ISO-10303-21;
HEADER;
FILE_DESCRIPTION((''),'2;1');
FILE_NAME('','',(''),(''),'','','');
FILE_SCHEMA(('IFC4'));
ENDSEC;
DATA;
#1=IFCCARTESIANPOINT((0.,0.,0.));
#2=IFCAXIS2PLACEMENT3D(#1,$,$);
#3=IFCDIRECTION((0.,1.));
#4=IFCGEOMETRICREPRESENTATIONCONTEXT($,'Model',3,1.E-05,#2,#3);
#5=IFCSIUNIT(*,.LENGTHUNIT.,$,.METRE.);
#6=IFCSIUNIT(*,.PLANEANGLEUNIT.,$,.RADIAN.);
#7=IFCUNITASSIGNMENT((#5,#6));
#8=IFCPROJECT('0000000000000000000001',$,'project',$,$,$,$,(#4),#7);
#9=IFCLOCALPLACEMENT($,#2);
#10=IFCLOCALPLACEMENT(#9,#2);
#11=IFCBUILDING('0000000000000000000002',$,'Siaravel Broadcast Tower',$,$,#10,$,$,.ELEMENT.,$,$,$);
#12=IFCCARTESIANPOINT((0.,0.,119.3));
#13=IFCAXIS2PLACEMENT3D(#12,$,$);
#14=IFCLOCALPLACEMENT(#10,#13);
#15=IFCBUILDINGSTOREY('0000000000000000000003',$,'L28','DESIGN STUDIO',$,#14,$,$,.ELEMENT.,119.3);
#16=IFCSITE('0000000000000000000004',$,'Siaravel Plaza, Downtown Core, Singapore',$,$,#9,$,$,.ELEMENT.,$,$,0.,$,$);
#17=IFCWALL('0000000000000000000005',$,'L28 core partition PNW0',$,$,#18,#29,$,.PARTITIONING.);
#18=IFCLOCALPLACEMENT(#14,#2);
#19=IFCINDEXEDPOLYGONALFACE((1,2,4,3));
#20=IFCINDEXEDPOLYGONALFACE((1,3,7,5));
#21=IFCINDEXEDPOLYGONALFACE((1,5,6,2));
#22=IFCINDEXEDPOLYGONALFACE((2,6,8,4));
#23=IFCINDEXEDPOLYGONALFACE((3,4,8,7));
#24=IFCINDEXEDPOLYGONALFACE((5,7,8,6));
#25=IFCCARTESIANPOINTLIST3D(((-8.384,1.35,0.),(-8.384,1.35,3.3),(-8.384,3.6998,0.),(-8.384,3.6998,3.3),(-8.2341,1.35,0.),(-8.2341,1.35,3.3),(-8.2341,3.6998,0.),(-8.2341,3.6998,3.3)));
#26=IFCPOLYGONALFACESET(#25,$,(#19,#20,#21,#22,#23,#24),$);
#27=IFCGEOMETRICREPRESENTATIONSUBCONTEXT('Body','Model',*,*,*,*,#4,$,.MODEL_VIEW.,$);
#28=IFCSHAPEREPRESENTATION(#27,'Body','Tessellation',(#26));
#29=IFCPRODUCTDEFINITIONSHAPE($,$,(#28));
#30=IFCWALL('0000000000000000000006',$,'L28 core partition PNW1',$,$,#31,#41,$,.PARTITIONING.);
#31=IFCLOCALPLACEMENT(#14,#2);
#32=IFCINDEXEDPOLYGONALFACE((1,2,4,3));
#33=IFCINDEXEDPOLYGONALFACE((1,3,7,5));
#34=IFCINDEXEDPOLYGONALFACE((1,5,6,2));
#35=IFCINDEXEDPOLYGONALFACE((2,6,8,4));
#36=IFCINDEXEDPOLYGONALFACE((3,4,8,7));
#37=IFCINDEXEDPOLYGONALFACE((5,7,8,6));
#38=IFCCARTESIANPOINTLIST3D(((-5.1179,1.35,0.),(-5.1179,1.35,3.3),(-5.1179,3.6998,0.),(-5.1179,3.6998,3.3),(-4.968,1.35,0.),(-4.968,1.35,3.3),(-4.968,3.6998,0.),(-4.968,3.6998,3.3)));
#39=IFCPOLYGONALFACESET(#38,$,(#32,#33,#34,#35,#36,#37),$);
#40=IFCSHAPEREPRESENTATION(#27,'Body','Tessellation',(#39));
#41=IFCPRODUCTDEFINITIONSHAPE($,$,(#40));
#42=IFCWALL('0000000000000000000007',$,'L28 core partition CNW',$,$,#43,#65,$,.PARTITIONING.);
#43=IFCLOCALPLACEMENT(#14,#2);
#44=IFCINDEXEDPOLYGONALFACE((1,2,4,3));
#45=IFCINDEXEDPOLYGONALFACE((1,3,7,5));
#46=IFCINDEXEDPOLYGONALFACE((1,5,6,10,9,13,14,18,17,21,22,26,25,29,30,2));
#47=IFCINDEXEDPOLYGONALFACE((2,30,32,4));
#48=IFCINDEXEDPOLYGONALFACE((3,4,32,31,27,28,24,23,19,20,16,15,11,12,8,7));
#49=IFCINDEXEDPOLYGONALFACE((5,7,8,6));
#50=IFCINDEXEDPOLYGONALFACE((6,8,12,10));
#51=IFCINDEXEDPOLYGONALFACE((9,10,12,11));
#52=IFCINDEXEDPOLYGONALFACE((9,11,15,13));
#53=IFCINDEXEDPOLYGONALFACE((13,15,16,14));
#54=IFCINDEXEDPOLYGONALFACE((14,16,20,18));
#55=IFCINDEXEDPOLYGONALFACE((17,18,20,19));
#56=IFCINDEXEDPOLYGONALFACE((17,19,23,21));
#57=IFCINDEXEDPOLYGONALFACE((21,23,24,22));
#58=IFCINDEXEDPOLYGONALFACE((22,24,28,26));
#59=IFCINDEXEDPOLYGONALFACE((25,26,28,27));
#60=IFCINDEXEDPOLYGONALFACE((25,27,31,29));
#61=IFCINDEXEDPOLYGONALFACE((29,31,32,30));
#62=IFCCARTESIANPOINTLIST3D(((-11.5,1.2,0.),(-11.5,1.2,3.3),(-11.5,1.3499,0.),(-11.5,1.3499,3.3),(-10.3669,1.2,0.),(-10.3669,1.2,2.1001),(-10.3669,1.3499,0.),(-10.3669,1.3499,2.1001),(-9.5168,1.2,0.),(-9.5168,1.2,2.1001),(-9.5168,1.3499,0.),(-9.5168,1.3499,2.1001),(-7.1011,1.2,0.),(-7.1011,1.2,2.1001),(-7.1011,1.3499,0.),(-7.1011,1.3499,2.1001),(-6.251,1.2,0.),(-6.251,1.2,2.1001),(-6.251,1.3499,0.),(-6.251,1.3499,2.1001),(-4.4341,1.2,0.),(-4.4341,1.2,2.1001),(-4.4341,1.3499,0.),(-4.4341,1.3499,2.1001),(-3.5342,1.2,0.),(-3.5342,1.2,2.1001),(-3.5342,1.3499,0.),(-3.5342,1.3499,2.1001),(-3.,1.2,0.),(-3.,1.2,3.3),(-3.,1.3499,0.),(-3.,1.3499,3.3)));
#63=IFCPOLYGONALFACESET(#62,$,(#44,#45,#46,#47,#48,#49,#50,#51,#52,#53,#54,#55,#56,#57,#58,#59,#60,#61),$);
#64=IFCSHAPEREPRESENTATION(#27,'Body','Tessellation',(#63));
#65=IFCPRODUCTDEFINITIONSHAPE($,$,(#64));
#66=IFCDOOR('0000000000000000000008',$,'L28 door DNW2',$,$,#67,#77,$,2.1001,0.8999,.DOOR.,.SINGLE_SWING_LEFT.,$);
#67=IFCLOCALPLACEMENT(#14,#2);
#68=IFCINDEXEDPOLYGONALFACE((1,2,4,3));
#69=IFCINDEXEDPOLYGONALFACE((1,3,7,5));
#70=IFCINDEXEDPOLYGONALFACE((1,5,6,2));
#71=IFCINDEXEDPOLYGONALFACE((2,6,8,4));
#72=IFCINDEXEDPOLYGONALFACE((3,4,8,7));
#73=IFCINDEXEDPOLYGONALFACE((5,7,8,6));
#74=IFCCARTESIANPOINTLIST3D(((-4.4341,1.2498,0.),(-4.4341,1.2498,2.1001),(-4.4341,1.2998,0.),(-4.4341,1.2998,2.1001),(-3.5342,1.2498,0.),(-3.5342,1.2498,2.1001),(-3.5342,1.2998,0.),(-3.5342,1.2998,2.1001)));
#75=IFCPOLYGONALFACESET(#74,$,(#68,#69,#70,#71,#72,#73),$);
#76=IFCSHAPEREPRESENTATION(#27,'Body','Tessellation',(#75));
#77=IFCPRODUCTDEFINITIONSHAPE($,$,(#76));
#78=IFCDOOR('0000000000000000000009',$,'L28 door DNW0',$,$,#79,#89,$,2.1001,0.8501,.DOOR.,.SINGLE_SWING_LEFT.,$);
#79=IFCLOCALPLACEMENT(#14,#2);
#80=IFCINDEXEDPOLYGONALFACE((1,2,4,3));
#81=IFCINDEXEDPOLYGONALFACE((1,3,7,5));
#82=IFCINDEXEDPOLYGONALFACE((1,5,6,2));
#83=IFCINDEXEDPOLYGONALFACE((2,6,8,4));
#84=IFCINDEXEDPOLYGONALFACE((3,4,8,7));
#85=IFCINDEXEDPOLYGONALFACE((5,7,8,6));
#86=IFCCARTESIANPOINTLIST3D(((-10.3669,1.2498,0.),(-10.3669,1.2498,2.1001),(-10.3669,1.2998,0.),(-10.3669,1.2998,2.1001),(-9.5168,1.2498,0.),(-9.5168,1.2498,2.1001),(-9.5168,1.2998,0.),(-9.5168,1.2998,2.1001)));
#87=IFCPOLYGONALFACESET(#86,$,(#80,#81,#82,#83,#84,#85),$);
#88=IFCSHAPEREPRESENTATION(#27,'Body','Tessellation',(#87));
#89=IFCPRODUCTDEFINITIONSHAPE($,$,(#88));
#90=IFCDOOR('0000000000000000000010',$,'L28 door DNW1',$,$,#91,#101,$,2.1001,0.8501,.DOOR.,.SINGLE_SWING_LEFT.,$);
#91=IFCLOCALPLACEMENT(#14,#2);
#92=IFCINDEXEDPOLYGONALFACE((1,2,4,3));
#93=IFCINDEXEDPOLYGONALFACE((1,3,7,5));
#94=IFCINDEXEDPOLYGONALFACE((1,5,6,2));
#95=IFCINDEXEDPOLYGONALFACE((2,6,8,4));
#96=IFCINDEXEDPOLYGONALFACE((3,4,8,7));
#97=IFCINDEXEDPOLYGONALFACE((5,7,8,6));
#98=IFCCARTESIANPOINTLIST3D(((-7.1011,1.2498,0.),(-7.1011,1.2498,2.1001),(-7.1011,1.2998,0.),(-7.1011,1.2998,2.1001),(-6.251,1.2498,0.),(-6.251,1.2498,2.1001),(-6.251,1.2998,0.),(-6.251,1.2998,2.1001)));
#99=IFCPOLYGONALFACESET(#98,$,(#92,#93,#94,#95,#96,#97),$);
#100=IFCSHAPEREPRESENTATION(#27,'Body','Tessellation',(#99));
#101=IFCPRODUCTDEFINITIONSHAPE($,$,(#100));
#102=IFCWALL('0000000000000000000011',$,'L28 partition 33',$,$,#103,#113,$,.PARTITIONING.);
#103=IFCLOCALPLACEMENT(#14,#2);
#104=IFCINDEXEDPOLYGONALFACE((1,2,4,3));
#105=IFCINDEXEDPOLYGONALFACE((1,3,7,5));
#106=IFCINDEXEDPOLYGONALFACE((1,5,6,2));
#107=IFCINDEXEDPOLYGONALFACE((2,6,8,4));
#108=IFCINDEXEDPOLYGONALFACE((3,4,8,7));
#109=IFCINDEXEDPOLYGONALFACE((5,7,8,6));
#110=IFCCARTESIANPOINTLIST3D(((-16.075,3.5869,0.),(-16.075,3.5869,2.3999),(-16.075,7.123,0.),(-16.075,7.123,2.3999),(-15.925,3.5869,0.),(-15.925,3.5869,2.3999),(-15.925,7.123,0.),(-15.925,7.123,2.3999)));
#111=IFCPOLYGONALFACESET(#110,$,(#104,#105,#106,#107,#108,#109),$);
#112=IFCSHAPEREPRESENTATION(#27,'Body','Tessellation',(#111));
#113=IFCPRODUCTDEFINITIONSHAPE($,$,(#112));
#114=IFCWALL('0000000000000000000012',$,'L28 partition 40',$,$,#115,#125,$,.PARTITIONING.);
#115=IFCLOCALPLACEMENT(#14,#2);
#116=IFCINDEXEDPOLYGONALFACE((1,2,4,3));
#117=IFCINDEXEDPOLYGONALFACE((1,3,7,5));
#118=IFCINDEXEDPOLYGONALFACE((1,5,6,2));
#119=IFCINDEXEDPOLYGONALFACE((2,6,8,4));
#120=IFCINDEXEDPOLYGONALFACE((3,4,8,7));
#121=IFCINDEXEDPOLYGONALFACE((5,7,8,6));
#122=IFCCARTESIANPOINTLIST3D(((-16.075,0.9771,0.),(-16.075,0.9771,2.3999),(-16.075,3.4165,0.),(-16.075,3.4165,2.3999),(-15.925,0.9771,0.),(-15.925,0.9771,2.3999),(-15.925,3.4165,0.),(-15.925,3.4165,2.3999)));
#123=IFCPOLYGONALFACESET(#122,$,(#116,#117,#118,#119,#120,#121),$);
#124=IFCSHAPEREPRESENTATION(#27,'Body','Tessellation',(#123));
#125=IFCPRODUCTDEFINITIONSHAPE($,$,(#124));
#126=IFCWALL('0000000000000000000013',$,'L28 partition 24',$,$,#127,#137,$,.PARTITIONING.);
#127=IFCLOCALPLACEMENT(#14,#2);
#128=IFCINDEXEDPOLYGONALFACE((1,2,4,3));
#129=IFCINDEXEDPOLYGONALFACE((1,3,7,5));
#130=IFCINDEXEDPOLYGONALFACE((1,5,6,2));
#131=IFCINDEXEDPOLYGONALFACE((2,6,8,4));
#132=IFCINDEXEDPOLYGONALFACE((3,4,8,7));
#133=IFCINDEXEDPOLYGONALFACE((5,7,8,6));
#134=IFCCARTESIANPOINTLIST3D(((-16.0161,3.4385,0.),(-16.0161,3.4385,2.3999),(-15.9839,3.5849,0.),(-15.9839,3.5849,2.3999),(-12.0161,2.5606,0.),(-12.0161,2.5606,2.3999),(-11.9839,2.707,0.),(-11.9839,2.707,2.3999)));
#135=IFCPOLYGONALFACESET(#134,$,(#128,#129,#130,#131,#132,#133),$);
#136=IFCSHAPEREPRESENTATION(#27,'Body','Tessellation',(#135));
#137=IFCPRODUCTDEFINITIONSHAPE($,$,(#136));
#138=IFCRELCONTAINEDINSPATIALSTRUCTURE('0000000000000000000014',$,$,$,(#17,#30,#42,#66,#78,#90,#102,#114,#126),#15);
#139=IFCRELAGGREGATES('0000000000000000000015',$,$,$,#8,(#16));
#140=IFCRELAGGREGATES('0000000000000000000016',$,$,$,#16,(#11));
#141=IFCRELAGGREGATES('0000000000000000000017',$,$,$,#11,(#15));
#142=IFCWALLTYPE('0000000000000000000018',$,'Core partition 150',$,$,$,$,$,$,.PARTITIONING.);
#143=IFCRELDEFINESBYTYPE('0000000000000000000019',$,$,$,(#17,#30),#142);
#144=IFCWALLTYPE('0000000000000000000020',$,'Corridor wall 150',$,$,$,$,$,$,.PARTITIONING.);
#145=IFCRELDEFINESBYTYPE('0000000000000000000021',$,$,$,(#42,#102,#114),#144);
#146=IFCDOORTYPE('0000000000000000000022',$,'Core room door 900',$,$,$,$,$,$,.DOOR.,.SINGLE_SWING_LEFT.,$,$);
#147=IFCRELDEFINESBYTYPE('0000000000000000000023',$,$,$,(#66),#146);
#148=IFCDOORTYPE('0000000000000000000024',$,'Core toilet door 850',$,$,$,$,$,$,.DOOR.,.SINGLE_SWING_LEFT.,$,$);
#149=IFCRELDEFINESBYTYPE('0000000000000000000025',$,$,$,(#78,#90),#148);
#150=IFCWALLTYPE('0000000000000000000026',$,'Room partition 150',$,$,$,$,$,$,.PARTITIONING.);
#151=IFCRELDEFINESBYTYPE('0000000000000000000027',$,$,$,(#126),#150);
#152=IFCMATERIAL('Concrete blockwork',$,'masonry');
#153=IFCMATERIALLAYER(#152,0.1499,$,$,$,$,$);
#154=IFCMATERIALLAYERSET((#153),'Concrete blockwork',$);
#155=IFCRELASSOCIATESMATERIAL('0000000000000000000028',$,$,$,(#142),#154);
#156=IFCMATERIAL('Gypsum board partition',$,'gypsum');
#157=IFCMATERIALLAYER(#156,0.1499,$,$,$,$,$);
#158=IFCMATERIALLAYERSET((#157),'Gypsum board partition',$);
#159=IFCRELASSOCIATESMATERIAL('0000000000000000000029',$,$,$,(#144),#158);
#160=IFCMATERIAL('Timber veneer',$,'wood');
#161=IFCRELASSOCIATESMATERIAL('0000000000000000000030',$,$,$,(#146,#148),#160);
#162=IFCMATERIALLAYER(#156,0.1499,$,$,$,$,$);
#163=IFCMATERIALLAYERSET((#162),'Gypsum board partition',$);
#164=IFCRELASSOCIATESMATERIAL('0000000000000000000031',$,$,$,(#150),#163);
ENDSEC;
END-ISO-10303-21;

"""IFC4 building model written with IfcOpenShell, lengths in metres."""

from ifc_helpers import new_model, si_unit, direction, frame, frame_2d, origin, place, context, subcontext, project, spatial, rectangle, extrude, material, layer, layer_set, type_object, element, fill, save


model = new_model("IFC4")

# Units and contexts
model_context = context("Model", 3, precision=1e-05, world=origin(), true_north=direction((0.0, 1.0)))
body_context = subcontext(model_context, "Body", "Model", "MODEL_VIEW")
ifc_project = project(units=[si_unit("LENGTHUNIT", "METRE"), si_unit("PLANEANGLEUNIT", "RADIAN")], contexts=[model_context])

# Site, building, storey
site_placement = place(None, origin())
site = spatial("IfcSite", under=ifc_project, at=site_placement, Name="Siaravel Plaza, Downtown Core, Singapore", CompositionType="ELEMENT", RefElevation=0.0)
building_placement = place(site_placement, origin())
building = spatial("IfcBuilding", under=site, at=building_placement, Name="Siaravel Broadcast Tower", CompositionType="ELEMENT")
storey_placement = place(building_placement, frame((0.0, 0.0, 119.3)))
storey = spatial("IfcBuildingStorey", under=building, at=storey_placement, Name="L28", Description="DESIGN STUDIO", CompositionType="ELEMENT", Elevation=119.3)

# Walls
ifc_material_1 = material(Name="Concrete blockwork", Category="masonry")
ifc_layer_1 = layer(ifc_material_1, 0.1499)
ifc_layer_set_1 = layer_set([ifc_layer_1], Name="Concrete blockwork")
wall_type_1 = type_object("IfcWallType", Name="Core partition 150", PredefinedType="PARTITIONING", material=ifc_layer_set_1)
for number, where, z_axis, x_axis, name in (
    (1, (-8.3091, 1.3501, 0.0), (0.0, 0.0, 1.0), (0.0, 1.0, 0.0), "L28 core partition PNW0"),
    (2, (-5.043, 1.3501, 0.0), (0.0, 0.0, 1.0), (0.0, 1.0, 0.0), "L28 core partition PNW1"),
):
    element("IfcWall", number, at=place(storey_placement, frame(where, z_axis=z_axis, x_axis=x_axis)), inside=storey, type_object=wall_type_1, Name=name, PredefinedType="PARTITIONING", context=body_context, shape_type="SweptSolid", body=[
        extrude(rectangle(XDim=2.3499, YDim=0.1499, at=frame_2d((1.1748, 0.0))), origin(), (0.0, 0.0, 1.0), 3.3),
    ])

# Wall, openings, doors
ifc_material_2 = material(Name="Gypsum board partition", Category="gypsum")
ifc_layer_2 = layer(ifc_material_2, 0.1499)
ifc_layer_set_2 = layer_set([ifc_layer_2], Name="Gypsum board partition")
wall_type_2 = type_object("IfcWallType", Name="Corridor wall 150", PredefinedType="PARTITIONING", material=ifc_layer_set_2)
wall_1_placement = place(storey_placement, frame((-11.5, 1.2749, 0.0), z_axis=(0.0, 0.0, 1.0), x_axis=(1.0, 0.0, 0.0)))
wall_1 = element("IfcWall", 3, at=wall_1_placement, inside=storey, type_object=wall_type_2, Name="L28 core partition CNW", PredefinedType="PARTITIONING", context=body_context, shape_type="SweptSolid", body=[
    extrude(rectangle(XDim=8.5, YDim=0.1499, at=frame_2d((4.25, 0.0))), origin(), (0.0, 0.0, 1.0), 3.3),
])
opening_1_placement = place(wall_1_placement, frame((1.1331, 0.0, 0.0)))
opening_1 = element("IfcOpeningElement", 4, at=opening_1_placement, cuts=wall_1, PredefinedType="OPENING", context=body_context, shape_type="SweptSolid", body=[
    extrude(rectangle(XDim=0.8501, YDim=2.1001, at=frame_2d((0.425, 1.05))), frame((0.0, 0.085, 0.0), z_axis=(0.0, -1.0, 0.0), x_axis=(1.0, 0.0, 0.0)), (0.0, 0.0, 1.0), 0.1699),
])
opening_2_placement = place(wall_1_placement, frame((4.3989, 0.0, 0.0)))
opening_2 = element("IfcOpeningElement", 5, at=opening_2_placement, cuts=wall_1, PredefinedType="OPENING", context=body_context, shape_type="SweptSolid", body=[
    extrude(rectangle(XDim=0.8501, YDim=2.1001, at=frame_2d((0.425, 1.05))), frame((0.0, 0.085, 0.0), z_axis=(0.0, -1.0, 0.0), x_axis=(1.0, 0.0, 0.0)), (0.0, 0.0, 1.0), 0.1699),
])
opening_3_placement = place(wall_1_placement, frame((7.0659, 0.0, 0.0)))
opening_3 = element("IfcOpeningElement", 6, at=opening_3_placement, cuts=wall_1, PredefinedType="OPENING", context=body_context, shape_type="SweptSolid", body=[
    extrude(rectangle(XDim=0.8999, YDim=2.1001, at=frame_2d((0.45, 1.05))), frame((0.0, 0.085, 0.0), z_axis=(0.0, -1.0, 0.0), x_axis=(1.0, 0.0, 0.0)), (0.0, 0.0, 1.0), 0.1699),
])
ifc_material_3 = material(Name="Timber veneer", Category="wood")
door_type_1 = type_object("IfcDoorType", Name="Core room door 900", OperationType="SINGLE_SWING_LEFT", PredefinedType="DOOR", material=ifc_material_3)
door_1_placement = place(opening_3_placement, origin())
door_1 = element("IfcDoor", 7, at=door_1_placement, inside=storey, type_object=door_type_1, Name="L28 door DNW2", OperationType="SINGLE_SWING_LEFT", OverallHeight=2.1001, OverallWidth=0.8999, PredefinedType="DOOR", context=body_context, shape_type="SweptSolid", body=[
    extrude(rectangle(XDim=0.8999, YDim=2.1001, at=frame_2d((0.45, 1.05))), frame((0.0, 0.0249, 0.0), z_axis=(0.0, -1.0, 0.0), x_axis=(1.0, 0.0, 0.0)), (0.0, 0.0, 1.0), 0.05),
])
fill(opening_3, door_1)
door_type_2 = type_object("IfcDoorType", Name="Core toilet door 850", OperationType="SINGLE_SWING_LEFT", PredefinedType="DOOR", material=ifc_material_3)
door_2_placement = place(opening_1_placement, origin())
door_2 = element("IfcDoor", 8, at=door_2_placement, inside=storey, type_object=door_type_2, Name="L28 door DNW0", OperationType="SINGLE_SWING_LEFT", OverallHeight=2.1001, OverallWidth=0.8501, PredefinedType="DOOR", context=body_context, shape_type="SweptSolid", body=[
    extrude(rectangle(XDim=0.8501, YDim=2.1001, at=frame_2d((0.425, 1.05))), frame((0.0, 0.0249, 0.0), z_axis=(0.0, -1.0, 0.0), x_axis=(1.0, 0.0, 0.0)), (0.0, 0.0, 1.0), 0.05),
])
fill(opening_1, door_2)
door_3_placement = place(opening_2_placement, origin())
door_3 = element("IfcDoor", 9, at=door_3_placement, inside=storey, type_object=door_type_2, Name="L28 door DNW1", OperationType="SINGLE_SWING_LEFT", OverallHeight=2.1001, OverallWidth=0.8501, PredefinedType="DOOR", context=body_context, shape_type="SweptSolid", body=[
    extrude(rectangle(XDim=0.8501, YDim=2.1001, at=frame_2d((0.425, 1.05))), frame((0.0, 0.0249, 0.0), z_axis=(0.0, -1.0, 0.0), x_axis=(1.0, 0.0, 0.0)), (0.0, 0.0, 1.0), 0.05),
])
fill(opening_2, door_3)

# Walls
wall_2_placement = place(storey_placement, frame((-16.0, 3.5869, 0.0), z_axis=(0.0, 0.0, 1.0), x_axis=(0.0, 1.0, 0.0)))
element("IfcWall", 10, at=wall_2_placement, inside=storey, type_object=wall_type_2, Name="L28 partition 33", PredefinedType="PARTITIONING", context=body_context, shape_type="SweptSolid", body=[
    extrude(rectangle(XDim=3.5361, YDim=0.1499, at=frame_2d((1.7681, 0.0))), origin(), (0.0, 0.0, 1.0), 2.3999),
])
wall_3_placement = place(storey_placement, frame((-16.0, 0.9771, 0.0), z_axis=(0.0, 0.0, 1.0), x_axis=(0.0, 1.0, 0.0)))
element("IfcWall", 11, at=wall_3_placement, inside=storey, type_object=wall_type_2, Name="L28 partition 40", PredefinedType="PARTITIONING", context=body_context, shape_type="SweptSolid", body=[
    extrude(rectangle(XDim=2.4395, YDim=0.1499, at=frame_2d((1.2197, 0.0))), origin(), (0.0, 0.0, 1.0), 2.3999),
])
ifc_layer_3 = layer(ifc_material_2, 0.1499)
ifc_layer_set_3 = layer_set([ifc_layer_3], Name="Gypsum board partition")
wall_type_3 = type_object("IfcWallType", Name="Room partition 150", PredefinedType="PARTITIONING", material=ifc_layer_set_3)
wall_4_placement = place(storey_placement, frame((-16.0, 3.5117, 0.0), z_axis=(0.0, 0.0, 1.0), x_axis=(0.97675, -0.21438, 0.0)))
element("IfcWall", 12, at=wall_4_placement, inside=storey, type_object=wall_type_3, Name="L28 partition 24", PredefinedType="PARTITIONING", context=body_context, shape_type="SweptSolid", body=[
    extrude(rectangle(XDim=4.0952, YDim=0.1499, at=frame_2d((2.0476, 0.0))), origin(), (0.0, 0.0, 1.0), 2.3999),
])

save(model, "model.ifc")
